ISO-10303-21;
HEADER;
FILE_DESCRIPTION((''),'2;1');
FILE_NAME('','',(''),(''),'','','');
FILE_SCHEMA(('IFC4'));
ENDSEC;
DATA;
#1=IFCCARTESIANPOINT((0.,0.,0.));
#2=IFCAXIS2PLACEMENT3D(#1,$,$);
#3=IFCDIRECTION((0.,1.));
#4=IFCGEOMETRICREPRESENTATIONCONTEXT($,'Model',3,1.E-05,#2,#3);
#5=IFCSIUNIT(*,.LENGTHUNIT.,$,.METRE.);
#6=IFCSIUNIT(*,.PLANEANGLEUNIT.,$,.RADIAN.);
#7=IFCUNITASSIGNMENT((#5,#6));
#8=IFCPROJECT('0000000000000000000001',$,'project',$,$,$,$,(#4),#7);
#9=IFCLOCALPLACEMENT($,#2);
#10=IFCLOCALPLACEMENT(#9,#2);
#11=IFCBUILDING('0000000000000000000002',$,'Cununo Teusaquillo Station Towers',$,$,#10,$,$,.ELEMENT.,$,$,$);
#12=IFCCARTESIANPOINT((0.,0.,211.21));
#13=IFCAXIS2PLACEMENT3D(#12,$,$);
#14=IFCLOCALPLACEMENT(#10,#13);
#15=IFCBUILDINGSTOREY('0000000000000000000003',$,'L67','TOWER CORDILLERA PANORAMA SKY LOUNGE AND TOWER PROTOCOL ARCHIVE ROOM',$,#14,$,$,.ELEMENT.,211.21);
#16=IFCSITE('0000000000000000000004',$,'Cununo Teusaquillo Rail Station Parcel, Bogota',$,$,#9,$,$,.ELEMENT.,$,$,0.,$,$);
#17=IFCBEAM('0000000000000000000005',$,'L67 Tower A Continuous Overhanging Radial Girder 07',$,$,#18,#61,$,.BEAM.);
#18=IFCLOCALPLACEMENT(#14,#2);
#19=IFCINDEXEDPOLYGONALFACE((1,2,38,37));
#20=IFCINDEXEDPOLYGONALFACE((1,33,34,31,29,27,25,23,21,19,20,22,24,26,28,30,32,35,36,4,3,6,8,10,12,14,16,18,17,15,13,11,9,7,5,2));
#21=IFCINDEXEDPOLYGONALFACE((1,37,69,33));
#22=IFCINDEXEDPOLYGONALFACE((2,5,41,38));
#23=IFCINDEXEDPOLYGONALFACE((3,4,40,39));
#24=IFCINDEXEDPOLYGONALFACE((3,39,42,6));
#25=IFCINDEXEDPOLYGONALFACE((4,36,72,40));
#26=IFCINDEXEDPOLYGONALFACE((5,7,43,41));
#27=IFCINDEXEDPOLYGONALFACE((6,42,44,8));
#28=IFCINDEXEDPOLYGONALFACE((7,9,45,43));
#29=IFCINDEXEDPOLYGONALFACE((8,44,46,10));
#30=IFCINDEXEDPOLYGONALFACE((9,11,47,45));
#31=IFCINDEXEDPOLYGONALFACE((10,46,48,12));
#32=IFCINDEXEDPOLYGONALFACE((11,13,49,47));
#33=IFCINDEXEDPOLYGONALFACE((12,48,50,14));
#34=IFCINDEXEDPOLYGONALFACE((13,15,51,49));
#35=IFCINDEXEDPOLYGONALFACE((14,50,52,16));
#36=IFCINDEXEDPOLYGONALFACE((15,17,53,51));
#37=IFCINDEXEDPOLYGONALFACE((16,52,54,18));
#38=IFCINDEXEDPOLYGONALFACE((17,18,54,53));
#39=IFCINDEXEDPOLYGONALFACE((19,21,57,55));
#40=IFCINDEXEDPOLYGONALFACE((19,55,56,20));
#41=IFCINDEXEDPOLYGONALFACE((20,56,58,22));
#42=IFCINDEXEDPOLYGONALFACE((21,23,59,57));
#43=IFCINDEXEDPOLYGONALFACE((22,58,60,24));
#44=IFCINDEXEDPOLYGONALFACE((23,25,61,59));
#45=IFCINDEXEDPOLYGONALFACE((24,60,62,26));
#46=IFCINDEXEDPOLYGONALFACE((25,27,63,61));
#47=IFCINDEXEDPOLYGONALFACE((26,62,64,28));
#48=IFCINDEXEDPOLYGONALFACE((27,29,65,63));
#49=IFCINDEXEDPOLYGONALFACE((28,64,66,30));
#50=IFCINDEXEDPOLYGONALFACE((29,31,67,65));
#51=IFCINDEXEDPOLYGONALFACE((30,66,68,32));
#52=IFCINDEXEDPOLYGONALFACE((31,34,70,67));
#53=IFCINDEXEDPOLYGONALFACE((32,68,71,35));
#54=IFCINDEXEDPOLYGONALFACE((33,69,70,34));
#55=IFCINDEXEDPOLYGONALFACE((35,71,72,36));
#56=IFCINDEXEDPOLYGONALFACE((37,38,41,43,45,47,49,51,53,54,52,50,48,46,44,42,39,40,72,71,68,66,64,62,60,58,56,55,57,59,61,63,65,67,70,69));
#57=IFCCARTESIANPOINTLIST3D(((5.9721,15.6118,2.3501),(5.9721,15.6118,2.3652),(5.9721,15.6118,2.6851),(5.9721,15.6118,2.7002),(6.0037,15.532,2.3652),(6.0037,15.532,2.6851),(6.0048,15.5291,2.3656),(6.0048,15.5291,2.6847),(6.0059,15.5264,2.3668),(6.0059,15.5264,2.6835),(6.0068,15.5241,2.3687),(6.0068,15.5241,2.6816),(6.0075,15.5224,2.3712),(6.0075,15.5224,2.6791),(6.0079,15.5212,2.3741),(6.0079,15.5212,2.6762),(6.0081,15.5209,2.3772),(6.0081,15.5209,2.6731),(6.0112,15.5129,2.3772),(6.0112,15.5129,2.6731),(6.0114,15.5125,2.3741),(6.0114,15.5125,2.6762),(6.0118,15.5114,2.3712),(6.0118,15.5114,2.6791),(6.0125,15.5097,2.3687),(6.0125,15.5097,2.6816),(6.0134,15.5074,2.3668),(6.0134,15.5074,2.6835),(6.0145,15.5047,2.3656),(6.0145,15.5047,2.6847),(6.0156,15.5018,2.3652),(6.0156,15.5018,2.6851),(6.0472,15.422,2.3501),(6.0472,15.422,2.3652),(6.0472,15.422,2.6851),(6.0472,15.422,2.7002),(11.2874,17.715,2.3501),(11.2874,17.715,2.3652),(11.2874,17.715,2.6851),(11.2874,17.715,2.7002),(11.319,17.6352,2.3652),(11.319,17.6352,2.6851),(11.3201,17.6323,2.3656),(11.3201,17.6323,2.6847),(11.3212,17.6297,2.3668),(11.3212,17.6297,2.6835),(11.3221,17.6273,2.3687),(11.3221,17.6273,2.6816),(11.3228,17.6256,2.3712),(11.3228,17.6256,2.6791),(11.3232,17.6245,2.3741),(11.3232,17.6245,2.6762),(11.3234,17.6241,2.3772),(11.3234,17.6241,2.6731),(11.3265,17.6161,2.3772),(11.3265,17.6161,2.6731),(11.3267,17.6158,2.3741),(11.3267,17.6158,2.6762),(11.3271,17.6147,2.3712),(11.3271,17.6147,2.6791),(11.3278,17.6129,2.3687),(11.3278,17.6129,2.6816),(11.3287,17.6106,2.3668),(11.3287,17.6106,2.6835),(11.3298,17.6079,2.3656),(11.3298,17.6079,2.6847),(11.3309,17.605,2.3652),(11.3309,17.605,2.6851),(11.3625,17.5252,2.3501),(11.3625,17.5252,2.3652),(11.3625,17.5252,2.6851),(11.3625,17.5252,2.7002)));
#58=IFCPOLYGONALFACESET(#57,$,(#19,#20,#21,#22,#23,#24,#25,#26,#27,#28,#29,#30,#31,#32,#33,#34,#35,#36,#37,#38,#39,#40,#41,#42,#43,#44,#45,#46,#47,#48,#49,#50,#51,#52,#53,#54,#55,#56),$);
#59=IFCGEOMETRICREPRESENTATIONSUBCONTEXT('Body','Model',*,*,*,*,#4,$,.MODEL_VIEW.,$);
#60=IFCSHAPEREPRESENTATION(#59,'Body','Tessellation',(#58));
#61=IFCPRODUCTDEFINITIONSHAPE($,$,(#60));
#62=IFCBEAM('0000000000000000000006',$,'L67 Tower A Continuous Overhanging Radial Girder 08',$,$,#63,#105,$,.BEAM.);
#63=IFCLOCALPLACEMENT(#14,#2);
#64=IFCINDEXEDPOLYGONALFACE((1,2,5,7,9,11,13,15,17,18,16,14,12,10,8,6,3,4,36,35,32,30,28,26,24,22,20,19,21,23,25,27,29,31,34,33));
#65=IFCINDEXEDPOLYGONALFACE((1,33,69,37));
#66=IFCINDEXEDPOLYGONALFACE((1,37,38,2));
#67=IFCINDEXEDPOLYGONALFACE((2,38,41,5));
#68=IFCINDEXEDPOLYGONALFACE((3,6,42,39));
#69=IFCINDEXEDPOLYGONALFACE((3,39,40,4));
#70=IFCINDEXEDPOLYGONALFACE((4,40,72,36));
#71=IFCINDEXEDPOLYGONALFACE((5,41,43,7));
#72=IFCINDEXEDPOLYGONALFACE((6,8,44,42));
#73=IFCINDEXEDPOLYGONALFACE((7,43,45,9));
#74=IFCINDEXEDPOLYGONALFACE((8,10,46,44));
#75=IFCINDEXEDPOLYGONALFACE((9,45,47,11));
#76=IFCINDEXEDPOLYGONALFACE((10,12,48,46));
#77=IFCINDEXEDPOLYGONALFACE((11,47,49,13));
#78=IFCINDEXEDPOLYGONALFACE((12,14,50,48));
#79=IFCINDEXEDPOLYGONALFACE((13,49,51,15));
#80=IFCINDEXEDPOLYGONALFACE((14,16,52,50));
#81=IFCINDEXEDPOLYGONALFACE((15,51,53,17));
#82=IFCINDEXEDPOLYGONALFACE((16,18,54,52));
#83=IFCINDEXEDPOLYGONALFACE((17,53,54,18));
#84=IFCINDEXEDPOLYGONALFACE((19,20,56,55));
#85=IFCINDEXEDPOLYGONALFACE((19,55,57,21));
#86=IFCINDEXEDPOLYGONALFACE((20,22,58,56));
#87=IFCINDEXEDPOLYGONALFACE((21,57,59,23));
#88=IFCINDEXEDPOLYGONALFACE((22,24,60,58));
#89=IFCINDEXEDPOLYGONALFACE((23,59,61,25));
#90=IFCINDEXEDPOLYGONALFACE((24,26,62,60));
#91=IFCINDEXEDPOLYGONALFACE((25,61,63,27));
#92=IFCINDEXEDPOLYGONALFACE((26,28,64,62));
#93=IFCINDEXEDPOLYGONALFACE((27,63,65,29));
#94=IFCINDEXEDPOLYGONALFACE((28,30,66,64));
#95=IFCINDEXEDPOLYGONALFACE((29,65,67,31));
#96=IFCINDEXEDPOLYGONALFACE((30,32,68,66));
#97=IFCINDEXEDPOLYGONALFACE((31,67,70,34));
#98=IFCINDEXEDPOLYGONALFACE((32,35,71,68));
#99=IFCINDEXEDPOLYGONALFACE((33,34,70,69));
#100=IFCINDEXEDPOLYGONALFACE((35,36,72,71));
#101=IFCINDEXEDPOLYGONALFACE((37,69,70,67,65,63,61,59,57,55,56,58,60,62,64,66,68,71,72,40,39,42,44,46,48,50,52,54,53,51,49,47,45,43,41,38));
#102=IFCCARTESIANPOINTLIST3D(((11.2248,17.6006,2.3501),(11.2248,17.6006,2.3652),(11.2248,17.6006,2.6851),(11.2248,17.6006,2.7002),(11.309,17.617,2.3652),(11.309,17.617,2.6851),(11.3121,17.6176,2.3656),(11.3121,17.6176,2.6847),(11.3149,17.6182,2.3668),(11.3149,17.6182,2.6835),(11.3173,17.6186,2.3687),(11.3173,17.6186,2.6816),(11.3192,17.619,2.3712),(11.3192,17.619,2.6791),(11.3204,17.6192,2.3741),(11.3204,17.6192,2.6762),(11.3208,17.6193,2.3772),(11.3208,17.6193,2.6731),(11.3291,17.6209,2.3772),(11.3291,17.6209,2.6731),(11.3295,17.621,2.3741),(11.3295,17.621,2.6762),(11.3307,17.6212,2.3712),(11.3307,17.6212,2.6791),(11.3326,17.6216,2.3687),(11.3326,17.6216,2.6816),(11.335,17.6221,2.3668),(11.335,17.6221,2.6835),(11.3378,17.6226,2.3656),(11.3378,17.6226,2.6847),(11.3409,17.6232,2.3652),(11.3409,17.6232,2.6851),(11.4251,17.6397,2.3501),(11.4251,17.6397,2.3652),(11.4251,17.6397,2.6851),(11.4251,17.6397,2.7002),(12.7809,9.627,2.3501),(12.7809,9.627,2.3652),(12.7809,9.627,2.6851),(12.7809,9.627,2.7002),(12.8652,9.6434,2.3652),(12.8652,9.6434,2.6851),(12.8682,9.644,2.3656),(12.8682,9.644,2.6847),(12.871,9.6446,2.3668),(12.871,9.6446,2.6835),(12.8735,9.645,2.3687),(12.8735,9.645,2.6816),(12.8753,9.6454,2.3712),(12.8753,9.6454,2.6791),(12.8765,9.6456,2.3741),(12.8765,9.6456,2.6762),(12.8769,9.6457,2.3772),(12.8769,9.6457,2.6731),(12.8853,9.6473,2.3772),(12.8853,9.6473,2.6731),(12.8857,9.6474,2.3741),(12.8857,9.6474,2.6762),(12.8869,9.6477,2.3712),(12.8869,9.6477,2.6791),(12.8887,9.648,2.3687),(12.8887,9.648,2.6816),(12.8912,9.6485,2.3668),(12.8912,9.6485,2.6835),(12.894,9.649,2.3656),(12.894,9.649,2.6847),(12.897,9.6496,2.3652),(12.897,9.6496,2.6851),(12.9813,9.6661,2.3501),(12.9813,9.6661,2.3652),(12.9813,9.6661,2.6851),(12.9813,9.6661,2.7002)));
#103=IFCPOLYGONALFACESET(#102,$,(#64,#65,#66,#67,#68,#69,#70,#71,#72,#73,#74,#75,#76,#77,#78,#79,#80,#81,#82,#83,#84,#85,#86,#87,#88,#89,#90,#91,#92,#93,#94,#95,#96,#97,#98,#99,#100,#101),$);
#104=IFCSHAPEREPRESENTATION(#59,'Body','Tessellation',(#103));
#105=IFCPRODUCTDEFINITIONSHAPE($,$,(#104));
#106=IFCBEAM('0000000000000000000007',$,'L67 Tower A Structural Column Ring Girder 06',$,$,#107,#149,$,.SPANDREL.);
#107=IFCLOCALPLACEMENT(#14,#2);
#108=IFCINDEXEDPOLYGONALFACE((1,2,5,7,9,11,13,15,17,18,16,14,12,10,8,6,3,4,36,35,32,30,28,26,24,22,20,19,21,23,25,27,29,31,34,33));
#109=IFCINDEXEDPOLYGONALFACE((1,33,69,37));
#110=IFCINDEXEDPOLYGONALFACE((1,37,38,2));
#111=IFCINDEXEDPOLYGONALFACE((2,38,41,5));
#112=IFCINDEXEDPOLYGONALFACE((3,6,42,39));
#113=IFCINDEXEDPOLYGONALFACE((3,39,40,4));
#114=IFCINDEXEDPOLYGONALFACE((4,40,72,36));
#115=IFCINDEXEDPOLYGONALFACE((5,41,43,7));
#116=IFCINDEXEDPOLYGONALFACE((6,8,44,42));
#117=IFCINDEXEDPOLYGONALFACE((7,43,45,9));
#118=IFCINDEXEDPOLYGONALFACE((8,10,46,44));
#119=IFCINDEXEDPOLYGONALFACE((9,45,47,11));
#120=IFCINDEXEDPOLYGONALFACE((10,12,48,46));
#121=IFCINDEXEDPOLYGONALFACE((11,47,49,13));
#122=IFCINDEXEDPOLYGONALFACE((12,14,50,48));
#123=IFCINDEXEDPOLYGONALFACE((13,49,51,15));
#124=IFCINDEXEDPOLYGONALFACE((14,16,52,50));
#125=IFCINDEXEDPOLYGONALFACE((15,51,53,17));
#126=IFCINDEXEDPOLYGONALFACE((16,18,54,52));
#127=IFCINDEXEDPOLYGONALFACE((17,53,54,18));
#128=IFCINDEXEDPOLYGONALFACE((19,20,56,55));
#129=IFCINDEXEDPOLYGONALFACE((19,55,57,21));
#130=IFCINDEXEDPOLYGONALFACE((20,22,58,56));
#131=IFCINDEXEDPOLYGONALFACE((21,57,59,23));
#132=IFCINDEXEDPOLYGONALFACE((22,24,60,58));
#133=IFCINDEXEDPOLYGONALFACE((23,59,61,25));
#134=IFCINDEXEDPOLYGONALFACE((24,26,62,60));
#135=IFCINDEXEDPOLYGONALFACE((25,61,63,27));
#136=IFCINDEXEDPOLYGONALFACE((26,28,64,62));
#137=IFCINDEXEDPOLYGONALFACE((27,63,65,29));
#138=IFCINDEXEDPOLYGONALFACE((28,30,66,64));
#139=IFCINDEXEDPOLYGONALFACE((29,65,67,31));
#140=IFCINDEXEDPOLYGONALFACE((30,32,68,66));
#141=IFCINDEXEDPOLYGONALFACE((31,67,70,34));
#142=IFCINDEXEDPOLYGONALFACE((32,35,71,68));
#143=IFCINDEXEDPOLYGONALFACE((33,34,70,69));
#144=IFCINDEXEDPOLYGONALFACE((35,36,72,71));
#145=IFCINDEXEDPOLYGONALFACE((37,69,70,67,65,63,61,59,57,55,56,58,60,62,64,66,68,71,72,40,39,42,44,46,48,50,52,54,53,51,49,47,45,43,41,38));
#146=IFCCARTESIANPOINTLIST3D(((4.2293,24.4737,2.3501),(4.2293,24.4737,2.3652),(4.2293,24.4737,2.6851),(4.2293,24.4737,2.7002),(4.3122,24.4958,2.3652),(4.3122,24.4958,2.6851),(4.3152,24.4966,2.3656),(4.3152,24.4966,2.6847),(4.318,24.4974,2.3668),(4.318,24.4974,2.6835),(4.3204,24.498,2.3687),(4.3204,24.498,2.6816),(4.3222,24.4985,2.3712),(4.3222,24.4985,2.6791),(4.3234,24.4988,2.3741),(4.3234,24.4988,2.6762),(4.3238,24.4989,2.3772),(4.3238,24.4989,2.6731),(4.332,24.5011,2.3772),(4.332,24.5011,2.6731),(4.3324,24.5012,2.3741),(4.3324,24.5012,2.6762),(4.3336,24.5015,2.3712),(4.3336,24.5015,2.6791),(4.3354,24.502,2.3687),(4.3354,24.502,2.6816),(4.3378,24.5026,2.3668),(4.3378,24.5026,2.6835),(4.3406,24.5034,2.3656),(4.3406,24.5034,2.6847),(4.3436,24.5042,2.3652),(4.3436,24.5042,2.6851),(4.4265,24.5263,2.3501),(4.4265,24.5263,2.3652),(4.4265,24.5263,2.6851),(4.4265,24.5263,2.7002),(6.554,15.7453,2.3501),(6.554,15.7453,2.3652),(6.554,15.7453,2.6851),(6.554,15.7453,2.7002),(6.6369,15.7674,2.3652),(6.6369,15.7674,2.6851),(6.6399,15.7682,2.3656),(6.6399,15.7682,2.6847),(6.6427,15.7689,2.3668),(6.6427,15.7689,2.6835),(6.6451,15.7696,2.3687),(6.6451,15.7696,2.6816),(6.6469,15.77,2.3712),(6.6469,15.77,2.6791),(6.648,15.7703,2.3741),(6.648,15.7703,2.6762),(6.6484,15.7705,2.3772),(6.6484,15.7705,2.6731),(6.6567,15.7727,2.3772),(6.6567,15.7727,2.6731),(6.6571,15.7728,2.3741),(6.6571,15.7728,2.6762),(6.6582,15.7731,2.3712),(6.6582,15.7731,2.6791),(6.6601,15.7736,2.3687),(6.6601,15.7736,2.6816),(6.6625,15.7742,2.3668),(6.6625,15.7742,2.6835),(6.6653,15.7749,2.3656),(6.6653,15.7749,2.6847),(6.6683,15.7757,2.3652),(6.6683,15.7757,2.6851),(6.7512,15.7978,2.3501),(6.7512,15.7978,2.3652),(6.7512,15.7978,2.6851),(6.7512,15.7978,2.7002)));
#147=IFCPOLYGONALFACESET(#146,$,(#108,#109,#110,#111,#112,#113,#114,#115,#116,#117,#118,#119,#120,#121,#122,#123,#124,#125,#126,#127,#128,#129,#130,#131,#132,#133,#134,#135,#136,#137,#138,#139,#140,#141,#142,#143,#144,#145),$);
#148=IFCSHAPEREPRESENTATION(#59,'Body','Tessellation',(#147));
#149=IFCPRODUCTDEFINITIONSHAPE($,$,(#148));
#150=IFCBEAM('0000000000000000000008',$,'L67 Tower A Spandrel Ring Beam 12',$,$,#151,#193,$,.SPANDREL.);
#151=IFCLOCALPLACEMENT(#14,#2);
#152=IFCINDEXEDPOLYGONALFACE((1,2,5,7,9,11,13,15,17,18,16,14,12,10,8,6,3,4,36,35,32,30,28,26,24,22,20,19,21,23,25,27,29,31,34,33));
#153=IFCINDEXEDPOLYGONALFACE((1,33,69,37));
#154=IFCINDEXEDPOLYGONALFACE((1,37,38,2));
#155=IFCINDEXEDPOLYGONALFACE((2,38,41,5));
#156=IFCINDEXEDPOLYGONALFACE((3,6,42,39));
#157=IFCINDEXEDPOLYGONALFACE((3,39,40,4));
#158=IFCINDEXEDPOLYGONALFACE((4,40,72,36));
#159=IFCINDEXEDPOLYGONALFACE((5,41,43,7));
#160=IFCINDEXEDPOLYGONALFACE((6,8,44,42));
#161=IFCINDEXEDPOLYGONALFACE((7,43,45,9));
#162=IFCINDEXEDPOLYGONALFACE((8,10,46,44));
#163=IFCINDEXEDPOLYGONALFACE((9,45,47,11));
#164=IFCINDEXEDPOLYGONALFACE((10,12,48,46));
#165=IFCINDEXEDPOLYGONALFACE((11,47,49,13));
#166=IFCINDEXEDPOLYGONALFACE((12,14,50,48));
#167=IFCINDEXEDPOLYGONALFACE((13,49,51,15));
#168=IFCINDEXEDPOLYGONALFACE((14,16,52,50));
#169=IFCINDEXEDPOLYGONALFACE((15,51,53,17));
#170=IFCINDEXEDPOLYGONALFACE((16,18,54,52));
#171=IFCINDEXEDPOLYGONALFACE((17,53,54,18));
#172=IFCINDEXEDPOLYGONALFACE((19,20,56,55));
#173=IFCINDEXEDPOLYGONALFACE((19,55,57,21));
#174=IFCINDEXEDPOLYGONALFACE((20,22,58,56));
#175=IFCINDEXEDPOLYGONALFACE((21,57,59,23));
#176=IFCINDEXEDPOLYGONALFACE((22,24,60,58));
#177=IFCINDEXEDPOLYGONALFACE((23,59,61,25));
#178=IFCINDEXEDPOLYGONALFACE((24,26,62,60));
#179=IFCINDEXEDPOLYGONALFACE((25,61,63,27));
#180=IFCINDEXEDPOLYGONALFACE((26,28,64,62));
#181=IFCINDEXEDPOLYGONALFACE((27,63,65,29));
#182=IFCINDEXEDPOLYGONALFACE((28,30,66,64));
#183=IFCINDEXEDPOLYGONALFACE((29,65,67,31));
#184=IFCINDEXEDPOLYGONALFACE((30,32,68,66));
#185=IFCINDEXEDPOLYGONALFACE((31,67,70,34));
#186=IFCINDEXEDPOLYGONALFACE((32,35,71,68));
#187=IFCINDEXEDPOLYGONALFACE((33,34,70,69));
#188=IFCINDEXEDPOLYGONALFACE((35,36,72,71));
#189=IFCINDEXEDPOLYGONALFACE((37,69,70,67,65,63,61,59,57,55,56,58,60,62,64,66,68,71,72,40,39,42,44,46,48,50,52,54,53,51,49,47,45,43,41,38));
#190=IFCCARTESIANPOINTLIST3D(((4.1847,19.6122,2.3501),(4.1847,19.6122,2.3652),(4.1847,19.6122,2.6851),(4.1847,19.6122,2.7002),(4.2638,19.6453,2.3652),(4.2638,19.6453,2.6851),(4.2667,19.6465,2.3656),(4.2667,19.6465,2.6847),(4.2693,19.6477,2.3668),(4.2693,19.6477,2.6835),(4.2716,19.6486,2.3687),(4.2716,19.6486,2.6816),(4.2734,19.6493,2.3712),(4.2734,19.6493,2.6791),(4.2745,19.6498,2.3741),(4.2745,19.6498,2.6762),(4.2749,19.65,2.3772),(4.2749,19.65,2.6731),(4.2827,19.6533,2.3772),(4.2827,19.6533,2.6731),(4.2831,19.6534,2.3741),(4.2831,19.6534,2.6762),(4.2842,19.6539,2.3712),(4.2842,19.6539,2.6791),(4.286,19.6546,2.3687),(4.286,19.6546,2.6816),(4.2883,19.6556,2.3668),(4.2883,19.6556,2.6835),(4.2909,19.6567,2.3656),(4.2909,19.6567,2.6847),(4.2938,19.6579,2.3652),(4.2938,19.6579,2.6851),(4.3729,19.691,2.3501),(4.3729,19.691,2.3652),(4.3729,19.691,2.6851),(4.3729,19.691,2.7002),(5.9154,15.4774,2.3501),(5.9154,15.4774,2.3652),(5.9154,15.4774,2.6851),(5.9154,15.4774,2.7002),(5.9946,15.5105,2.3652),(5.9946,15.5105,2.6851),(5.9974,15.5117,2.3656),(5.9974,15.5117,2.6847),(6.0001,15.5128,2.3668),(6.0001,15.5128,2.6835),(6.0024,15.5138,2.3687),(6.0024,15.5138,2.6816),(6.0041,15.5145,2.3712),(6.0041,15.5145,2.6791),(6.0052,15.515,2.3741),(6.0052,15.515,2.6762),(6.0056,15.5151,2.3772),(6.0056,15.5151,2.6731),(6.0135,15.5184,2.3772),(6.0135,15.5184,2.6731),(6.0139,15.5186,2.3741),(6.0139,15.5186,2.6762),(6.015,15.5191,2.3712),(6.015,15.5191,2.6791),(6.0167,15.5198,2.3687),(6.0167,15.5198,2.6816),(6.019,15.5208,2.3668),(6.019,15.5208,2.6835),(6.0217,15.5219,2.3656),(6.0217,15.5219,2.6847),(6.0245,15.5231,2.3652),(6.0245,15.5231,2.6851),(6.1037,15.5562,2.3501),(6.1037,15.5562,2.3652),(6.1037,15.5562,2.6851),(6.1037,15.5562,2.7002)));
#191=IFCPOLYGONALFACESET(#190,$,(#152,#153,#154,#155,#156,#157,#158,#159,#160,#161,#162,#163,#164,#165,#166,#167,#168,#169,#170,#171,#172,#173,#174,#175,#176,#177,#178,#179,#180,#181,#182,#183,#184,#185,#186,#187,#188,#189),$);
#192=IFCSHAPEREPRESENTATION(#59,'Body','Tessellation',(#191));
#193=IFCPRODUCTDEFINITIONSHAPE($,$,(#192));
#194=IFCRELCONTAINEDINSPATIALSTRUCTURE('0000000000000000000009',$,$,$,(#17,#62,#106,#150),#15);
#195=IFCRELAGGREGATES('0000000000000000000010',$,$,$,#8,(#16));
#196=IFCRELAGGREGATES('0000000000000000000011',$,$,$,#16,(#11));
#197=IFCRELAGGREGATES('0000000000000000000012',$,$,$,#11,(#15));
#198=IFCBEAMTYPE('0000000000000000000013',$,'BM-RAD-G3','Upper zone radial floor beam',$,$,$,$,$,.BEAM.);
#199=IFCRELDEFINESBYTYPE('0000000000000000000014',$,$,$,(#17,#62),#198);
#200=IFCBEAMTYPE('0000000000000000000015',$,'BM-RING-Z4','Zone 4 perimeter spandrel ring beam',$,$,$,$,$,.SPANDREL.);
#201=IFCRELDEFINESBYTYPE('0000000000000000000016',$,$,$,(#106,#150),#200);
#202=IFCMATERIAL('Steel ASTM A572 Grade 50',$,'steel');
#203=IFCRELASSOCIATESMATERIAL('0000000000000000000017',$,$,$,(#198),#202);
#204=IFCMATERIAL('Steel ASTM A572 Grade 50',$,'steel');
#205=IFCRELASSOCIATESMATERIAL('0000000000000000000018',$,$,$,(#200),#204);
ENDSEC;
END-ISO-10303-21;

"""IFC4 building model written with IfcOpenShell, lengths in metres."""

from ifc_helpers import new_model, si_unit, direction, frame, origin, origin_2d, place, context, subcontext, project, spatial, i_section, extrude, material, material_profile, profile_set, type_object, element, save


model = new_model("IFC4")

# Units and contexts
model_context = context("Model", 3, precision=1e-05, world=origin(), true_north=direction((0.0, 1.0)))
body_context = subcontext(model_context, "Body", "Model", "MODEL_VIEW")
ifc_project = project(units=[si_unit("LENGTHUNIT", "METRE"), si_unit("PLANEANGLEUNIT", "RADIAN")], contexts=[model_context])

# Site, building, storey
site_placement = place(None, origin())
site = spatial("IfcSite", under=ifc_project, at=site_placement, Name="Cununo Teusaquillo Rail Station Parcel, Bogota", CompositionType="ELEMENT", RefElevation=0.0)
building_placement = place(site_placement, origin())
building = spatial("IfcBuilding", under=site, at=building_placement, Name="Cununo Teusaquillo Station Towers", CompositionType="ELEMENT")
storey_placement = place(building_placement, frame((0.0, 0.0, 211.21)))
storey = spatial("IfcBuildingStorey", under=building, at=storey_placement, Name="L67", Description="TOWER CORDILLERA PANORAMA SKY LOUNGE AND TOWER PROTOCOL ARCHIVE ROOM", CompositionType="ELEMENT", Elevation=211.21)

# Beams
ifc_material_1 = material(Name="Steel ASTM A572 Grade 50", Category="steel")
ifc_material_profile_1 = material_profile(ifc_material_1, i_section(OverallWidth=0.2041, OverallDepth=0.3501, WebThickness=0.0085, FlangeThickness=0.0151, FilletRadius=0.012, at=origin_2d()), Name="W14X48")
ifc_profile_set_1 = profile_set([ifc_material_profile_1], Name="Steel ASTM A572 Grade 50")
beam_type_1 = type_object("IfcBeamType", Name="BM-RAD-G3", Description="Upper zone radial floor beam", PredefinedType="BEAM", material=ifc_profile_set_1)
beam_1_placement = place(storey_placement, frame((11.325, 17.6201, 2.5251), z_axis=(-0.929852, -0.367935, 0.0), x_axis=(0.367935, -0.929852, 0.0)))
element("IfcBeam", 1, at=beam_1_placement, inside=storey, type_object=beam_type_1, Name="L67 Tower A Continuous Overhanging Radial Girder 07", PredefinedType="BEAM", context=body_context, shape_type="SweptSolid", body=[
    extrude(i_section(OverallWidth=0.2041, OverallDepth=0.3501, WebThickness=0.0085, FlangeThickness=0.0151, FilletRadius=0.012, at=origin_2d()), origin(), (0.0, 0.0, 1.0), 5.7163),
])
beam_2_placement = place(storey_placement, frame((11.325, 17.6201, 2.5251), z_axis=(0.191548, -0.981483, 0.0), x_axis=(0.981483, 0.191548, 0.0)))
element("IfcBeam", 2, at=beam_2_placement, inside=storey, type_object=beam_type_1, Name="L67 Tower A Continuous Overhanging Radial Girder 08", PredefinedType="BEAM", context=body_context, shape_type="SweptSolid", body=[
    extrude(i_section(OverallWidth=0.2041, OverallDepth=0.3501, WebThickness=0.0085, FlangeThickness=0.0151, FilletRadius=0.012, at=origin_2d()), origin(), (0.0, 0.0, 1.0), 8.124),
])
ifc_material_2 = material(Name="Steel ASTM A572 Grade 50", Category="steel")
ifc_material_profile_2 = material_profile(ifc_material_2, i_section(OverallWidth=0.2041, OverallDepth=0.3501, WebThickness=0.0085, FlangeThickness=0.0151, FilletRadius=0.012, at=origin_2d()), Name="W14X48")
ifc_profile_set_2 = profile_set([ifc_material_profile_2], Name="Steel ASTM A572 Grade 50")
beam_type_2 = type_object("IfcBeamType", Name="BM-RING-Z4", Description="Zone 4 perimeter spandrel ring beam", PredefinedType="SPANDREL", material=ifc_profile_set_2)
beam_3_placement = place(storey_placement, frame((4.3279, 24.5, 2.5251), z_axis=(0.257363, -0.966315, 0.0), x_axis=(0.966315, 0.257363, 0.0)))
element("IfcBeam", 3, at=beam_3_placement, inside=storey, type_object=beam_type_2, Name="L67 Tower A Structural Column Ring Girder 06", PredefinedType="SPANDREL", context=body_context, shape_type="SweptSolid", body=[
    extrude(i_section(OverallWidth=0.2041, OverallDepth=0.3501, WebThickness=0.0085, FlangeThickness=0.0151, FilletRadius=0.012, at=origin_2d()), origin(), (0.0, 0.0, 1.0), 9.0327),
])
beam_4_placement = place(storey_placement, frame((4.2788, 19.6516, 2.5251), z_axis=(0.386115, -0.92245, 0.0), x_axis=(0.92245, 0.386115, 0.0)))
element("IfcBeam", 4, at=beam_4_placement, inside=storey, type_object=beam_type_2, Name="L67 Tower A Spandrel Ring Beam 12", PredefinedType="SPANDREL", context=body_context, shape_type="SweptSolid", body=[
    extrude(i_section(OverallWidth=0.2041, OverallDepth=0.3501, WebThickness=0.0085, FlangeThickness=0.0151, FilletRadius=0.012, at=origin_2d()), origin(), (0.0, 0.0, 1.0), 4.4824),
])

save(model, "model.ifc")
